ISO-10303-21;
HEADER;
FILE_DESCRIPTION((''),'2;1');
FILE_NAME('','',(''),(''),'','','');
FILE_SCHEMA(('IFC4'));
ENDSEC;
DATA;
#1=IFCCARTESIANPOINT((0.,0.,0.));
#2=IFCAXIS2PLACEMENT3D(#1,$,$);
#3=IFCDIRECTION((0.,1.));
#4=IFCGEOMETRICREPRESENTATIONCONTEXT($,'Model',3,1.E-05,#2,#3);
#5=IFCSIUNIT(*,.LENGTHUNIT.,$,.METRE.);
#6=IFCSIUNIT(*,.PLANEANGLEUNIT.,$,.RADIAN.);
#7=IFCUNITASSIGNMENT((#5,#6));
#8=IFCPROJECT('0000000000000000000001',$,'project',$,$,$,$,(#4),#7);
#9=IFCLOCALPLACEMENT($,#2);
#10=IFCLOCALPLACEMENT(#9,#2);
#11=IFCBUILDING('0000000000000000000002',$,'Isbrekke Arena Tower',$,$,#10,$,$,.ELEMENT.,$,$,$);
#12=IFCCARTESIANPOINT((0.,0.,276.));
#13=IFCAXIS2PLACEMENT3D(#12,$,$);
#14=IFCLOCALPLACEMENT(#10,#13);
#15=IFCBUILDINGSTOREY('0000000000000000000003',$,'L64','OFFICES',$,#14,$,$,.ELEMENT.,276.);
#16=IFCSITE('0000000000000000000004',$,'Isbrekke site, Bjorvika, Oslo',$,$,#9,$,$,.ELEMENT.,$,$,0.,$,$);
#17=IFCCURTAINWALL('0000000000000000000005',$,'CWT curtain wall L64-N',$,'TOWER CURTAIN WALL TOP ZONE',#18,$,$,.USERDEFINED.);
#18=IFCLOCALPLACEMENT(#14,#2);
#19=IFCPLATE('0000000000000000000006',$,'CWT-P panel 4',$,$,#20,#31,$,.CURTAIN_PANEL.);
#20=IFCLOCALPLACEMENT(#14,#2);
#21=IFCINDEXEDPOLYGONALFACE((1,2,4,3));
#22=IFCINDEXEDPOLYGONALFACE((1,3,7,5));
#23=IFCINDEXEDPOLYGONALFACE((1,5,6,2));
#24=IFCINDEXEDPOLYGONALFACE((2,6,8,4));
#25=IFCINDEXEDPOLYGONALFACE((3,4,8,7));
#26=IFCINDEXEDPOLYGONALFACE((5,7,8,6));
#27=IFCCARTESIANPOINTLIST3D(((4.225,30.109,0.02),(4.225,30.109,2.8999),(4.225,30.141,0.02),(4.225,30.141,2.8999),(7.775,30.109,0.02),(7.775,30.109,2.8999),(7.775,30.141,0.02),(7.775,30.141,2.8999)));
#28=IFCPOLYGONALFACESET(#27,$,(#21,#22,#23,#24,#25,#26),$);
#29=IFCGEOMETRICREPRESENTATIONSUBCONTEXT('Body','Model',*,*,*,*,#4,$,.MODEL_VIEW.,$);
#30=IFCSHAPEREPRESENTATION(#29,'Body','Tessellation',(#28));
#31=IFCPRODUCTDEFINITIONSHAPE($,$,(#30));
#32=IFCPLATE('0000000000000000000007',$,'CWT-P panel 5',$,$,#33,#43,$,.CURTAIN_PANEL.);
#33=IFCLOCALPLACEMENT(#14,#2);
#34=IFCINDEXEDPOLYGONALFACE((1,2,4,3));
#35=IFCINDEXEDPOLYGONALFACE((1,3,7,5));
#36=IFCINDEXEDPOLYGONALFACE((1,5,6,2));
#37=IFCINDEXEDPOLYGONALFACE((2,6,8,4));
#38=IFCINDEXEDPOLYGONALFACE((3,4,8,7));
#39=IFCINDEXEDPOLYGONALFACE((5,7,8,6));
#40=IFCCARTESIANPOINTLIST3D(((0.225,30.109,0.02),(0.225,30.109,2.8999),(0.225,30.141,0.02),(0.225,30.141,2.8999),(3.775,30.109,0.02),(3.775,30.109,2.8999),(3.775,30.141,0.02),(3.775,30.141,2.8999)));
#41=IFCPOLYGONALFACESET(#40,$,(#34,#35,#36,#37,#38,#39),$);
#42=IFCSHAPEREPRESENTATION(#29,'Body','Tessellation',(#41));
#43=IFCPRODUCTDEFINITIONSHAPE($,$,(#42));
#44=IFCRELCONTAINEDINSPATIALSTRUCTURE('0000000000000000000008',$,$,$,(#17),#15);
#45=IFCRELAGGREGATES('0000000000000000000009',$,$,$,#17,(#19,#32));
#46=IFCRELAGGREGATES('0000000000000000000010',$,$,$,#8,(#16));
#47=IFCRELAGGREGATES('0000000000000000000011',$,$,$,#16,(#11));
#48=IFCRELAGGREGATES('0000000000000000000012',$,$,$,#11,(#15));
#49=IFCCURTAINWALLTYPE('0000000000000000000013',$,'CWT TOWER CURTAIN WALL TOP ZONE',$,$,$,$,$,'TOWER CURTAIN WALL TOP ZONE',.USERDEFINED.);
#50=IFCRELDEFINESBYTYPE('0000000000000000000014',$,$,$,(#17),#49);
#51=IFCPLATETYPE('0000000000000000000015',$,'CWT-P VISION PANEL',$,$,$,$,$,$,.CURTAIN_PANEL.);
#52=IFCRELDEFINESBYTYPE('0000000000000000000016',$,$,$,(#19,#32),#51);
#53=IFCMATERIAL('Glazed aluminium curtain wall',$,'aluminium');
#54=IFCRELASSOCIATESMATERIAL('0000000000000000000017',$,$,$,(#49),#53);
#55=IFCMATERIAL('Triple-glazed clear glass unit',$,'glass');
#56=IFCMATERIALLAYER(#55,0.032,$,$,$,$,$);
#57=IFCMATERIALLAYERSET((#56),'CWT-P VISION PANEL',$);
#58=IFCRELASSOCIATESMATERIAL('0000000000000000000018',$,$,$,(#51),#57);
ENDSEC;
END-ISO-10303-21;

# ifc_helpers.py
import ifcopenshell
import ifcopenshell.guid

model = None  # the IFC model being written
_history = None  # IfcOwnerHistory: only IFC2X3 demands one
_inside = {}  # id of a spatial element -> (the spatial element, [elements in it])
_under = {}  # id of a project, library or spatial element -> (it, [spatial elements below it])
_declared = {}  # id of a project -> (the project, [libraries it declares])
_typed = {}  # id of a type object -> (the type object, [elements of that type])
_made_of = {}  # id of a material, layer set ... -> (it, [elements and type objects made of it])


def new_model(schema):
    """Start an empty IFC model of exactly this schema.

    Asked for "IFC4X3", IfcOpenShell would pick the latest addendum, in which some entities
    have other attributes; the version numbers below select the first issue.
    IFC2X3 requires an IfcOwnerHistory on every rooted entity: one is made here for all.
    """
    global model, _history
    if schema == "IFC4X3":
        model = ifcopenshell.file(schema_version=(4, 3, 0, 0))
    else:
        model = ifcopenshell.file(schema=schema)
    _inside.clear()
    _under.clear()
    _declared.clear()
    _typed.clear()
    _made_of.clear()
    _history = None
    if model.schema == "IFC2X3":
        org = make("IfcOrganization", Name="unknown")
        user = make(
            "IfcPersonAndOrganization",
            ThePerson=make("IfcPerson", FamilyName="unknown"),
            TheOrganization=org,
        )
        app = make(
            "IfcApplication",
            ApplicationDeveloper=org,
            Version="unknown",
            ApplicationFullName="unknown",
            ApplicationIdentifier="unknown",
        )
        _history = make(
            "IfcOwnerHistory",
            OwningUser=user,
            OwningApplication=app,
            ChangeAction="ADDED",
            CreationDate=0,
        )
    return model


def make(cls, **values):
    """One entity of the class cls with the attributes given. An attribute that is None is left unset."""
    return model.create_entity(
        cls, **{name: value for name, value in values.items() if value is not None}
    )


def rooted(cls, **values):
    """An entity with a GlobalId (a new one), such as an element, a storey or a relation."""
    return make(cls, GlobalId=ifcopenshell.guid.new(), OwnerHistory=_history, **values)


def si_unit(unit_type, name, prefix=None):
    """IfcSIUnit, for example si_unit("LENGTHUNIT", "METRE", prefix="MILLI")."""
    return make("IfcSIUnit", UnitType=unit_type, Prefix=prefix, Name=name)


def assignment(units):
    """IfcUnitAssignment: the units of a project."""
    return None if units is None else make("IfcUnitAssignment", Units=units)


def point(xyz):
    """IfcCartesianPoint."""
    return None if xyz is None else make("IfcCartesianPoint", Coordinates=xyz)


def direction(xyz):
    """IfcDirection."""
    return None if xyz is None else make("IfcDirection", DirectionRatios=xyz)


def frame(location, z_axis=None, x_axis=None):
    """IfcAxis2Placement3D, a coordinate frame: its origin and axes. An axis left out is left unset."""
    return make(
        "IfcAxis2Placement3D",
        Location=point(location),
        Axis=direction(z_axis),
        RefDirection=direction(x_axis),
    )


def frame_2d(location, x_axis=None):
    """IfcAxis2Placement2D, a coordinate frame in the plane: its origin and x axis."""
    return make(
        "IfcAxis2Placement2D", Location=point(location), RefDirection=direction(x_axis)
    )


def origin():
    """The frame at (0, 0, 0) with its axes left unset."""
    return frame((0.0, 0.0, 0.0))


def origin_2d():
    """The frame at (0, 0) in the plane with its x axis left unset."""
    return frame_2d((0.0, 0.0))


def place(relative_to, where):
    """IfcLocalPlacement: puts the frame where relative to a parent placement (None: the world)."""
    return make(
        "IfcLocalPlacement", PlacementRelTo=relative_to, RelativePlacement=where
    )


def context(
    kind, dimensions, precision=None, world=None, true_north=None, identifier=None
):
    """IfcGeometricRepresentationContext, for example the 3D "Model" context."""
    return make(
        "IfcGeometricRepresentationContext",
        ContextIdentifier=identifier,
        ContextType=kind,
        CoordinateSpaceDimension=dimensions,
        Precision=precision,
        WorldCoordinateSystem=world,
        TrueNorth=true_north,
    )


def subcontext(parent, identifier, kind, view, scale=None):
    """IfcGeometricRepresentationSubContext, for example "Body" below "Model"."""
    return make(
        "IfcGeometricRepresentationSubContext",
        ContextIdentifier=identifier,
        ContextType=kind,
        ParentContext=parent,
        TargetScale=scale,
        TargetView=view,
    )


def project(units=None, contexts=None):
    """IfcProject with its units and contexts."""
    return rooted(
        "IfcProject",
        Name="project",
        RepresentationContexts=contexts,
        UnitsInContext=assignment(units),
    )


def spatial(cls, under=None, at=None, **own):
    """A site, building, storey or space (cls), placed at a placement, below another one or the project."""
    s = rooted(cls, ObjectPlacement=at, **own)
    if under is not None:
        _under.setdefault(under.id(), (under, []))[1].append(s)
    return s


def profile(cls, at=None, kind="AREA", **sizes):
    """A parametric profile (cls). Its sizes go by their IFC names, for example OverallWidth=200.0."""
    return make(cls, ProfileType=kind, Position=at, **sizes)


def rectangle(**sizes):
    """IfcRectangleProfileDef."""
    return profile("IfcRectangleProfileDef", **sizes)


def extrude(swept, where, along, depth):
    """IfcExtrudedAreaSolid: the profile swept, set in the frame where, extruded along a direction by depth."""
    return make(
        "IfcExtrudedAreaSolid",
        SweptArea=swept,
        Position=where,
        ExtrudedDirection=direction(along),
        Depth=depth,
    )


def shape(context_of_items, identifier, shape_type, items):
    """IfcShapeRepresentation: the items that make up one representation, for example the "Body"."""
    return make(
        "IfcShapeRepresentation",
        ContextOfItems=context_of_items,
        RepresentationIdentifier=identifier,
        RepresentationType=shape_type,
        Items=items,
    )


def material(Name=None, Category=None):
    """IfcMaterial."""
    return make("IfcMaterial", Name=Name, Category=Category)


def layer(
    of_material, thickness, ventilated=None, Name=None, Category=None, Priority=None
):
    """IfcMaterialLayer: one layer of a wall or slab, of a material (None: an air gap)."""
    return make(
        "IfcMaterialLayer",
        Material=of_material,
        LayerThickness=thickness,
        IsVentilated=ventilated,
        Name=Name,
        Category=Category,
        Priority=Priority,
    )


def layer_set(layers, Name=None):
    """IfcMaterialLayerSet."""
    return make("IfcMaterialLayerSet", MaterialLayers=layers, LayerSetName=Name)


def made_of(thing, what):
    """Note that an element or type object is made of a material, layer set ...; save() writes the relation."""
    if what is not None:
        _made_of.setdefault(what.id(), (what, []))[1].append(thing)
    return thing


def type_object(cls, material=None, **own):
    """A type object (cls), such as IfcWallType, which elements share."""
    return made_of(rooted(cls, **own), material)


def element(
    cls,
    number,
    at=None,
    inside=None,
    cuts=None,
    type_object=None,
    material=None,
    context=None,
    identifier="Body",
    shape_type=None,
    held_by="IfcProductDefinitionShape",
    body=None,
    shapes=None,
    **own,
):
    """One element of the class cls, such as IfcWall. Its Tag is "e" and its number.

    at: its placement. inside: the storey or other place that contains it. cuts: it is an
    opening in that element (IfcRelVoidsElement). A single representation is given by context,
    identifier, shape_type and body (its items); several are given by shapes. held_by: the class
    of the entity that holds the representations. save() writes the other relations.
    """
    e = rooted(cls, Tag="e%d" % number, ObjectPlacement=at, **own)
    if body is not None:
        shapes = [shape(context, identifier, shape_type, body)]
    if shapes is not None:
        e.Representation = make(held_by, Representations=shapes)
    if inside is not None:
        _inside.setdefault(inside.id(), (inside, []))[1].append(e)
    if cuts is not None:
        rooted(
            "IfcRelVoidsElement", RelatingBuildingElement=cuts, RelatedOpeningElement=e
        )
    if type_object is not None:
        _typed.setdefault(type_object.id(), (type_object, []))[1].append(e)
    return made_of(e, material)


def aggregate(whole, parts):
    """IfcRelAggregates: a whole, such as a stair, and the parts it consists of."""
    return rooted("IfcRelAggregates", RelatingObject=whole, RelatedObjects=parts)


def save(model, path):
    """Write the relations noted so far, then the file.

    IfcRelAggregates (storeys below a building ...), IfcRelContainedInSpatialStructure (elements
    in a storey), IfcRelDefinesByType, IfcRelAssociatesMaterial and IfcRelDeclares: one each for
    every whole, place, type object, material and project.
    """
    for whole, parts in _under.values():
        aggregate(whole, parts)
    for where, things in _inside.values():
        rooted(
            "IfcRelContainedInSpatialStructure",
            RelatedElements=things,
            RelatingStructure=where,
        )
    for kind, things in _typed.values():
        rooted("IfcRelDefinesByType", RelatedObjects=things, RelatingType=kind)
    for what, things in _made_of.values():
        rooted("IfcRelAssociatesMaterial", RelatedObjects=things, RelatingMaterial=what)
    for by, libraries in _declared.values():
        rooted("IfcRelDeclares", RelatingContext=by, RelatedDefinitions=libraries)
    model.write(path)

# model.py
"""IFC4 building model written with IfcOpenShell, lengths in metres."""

from ifc_helpers import new_model, si_unit, direction, frame, origin, origin_2d, place, context, subcontext, project, spatial, rectangle, extrude, material, layer, layer_set, type_object, element, aggregate, save


model = new_model("IFC4")

# Units and contexts
model_context = context("Model", 3, precision=1e-05, world=origin(), true_north=direction((0.0, 1.0)))
body_context = subcontext(model_context, "Body", "Model", "MODEL_VIEW")
ifc_project = project(units=[si_unit("LENGTHUNIT", "METRE"), si_unit("PLANEANGLEUNIT", "RADIAN")], contexts=[model_context])

# Site, building, storey
site_placement = place(None, origin())
site = spatial("IfcSite", under=ifc_project, at=site_placement, Name="Isbrekke site, Bjorvika, Oslo", CompositionType="ELEMENT", RefElevation=0.0)
building_placement = place(site_placement, origin())
building = spatial("IfcBuilding", under=site, at=building_placement, Name="Isbrekke Arena Tower", CompositionType="ELEMENT")
storey_placement = place(building_placement, frame((0.0, 0.0, 276.0)))
storey = spatial("IfcBuildingStorey", under=building, at=storey_placement, Name="L64", Description="OFFICES", CompositionType="ELEMENT", Elevation=276.0)

# Curtain wall
ifc_material_1 = material(Name="Glazed aluminium curtain wall", Category="aluminium")
curtain_wall_type = type_object("IfcCurtainWallType", Name="CWT TOWER CURTAIN WALL TOP ZONE", ElementType="TOWER CURTAIN WALL TOP ZONE", PredefinedType="USERDEFINED", material=ifc_material_1)
curtain_wall_placement = place(storey_placement, origin())
curtain_wall = element("IfcCurtainWall", 1, at=curtain_wall_placement, inside=storey, type_object=curtain_wall_type, Name="CWT curtain wall L64-N", ObjectType="TOWER CURTAIN WALL TOP ZONE", PredefinedType="USERDEFINED")

# Plates
ifc_material_2 = material(Name="Triple-glazed clear glass unit", Category="glass")
ifc_layer = layer(ifc_material_2, 0.032)
ifc_layer_set = layer_set([ifc_layer], Name="CWT-P VISION PANEL")
plate_type = type_object("IfcPlateType", Name="CWT-P VISION PANEL", PredefinedType="CURTAIN_PANEL", material=ifc_layer_set)
plate_1_placement = place(storey_placement, frame((6.0, 30.125, 0.02), z_axis=(0.0, 0.0, 1.0), x_axis=(-1.0, 0.0, 0.0)))
plate_1 = element("IfcPlate", 2, at=plate_1_placement, type_object=plate_type, Name="CWT-P panel 4", PredefinedType="CURTAIN_PANEL", context=body_context, shape_type="SweptSolid", body=[
    extrude(rectangle(XDim=3.55, YDim=0.032, at=origin_2d()), origin(), (0.0, 0.0, 1.0), 2.8799),
])
plate_2_placement = place(storey_placement, frame((2.0, 30.125, 0.02), z_axis=(0.0, 0.0, 1.0), x_axis=(-1.0, 0.0, 0.0)))
plate_2 = element("IfcPlate", 3, at=plate_2_placement, type_object=plate_type, Name="CWT-P panel 5", PredefinedType="CURTAIN_PANEL", context=body_context, shape_type="SweptSolid", body=[
    extrude(rectangle(XDim=3.55, YDim=0.032, at=origin_2d()), origin(), (0.0, 0.0, 1.0), 2.8799),
])
aggregate(curtain_wall, [plate_1, plate_2])

save(model, "model.ifc")
